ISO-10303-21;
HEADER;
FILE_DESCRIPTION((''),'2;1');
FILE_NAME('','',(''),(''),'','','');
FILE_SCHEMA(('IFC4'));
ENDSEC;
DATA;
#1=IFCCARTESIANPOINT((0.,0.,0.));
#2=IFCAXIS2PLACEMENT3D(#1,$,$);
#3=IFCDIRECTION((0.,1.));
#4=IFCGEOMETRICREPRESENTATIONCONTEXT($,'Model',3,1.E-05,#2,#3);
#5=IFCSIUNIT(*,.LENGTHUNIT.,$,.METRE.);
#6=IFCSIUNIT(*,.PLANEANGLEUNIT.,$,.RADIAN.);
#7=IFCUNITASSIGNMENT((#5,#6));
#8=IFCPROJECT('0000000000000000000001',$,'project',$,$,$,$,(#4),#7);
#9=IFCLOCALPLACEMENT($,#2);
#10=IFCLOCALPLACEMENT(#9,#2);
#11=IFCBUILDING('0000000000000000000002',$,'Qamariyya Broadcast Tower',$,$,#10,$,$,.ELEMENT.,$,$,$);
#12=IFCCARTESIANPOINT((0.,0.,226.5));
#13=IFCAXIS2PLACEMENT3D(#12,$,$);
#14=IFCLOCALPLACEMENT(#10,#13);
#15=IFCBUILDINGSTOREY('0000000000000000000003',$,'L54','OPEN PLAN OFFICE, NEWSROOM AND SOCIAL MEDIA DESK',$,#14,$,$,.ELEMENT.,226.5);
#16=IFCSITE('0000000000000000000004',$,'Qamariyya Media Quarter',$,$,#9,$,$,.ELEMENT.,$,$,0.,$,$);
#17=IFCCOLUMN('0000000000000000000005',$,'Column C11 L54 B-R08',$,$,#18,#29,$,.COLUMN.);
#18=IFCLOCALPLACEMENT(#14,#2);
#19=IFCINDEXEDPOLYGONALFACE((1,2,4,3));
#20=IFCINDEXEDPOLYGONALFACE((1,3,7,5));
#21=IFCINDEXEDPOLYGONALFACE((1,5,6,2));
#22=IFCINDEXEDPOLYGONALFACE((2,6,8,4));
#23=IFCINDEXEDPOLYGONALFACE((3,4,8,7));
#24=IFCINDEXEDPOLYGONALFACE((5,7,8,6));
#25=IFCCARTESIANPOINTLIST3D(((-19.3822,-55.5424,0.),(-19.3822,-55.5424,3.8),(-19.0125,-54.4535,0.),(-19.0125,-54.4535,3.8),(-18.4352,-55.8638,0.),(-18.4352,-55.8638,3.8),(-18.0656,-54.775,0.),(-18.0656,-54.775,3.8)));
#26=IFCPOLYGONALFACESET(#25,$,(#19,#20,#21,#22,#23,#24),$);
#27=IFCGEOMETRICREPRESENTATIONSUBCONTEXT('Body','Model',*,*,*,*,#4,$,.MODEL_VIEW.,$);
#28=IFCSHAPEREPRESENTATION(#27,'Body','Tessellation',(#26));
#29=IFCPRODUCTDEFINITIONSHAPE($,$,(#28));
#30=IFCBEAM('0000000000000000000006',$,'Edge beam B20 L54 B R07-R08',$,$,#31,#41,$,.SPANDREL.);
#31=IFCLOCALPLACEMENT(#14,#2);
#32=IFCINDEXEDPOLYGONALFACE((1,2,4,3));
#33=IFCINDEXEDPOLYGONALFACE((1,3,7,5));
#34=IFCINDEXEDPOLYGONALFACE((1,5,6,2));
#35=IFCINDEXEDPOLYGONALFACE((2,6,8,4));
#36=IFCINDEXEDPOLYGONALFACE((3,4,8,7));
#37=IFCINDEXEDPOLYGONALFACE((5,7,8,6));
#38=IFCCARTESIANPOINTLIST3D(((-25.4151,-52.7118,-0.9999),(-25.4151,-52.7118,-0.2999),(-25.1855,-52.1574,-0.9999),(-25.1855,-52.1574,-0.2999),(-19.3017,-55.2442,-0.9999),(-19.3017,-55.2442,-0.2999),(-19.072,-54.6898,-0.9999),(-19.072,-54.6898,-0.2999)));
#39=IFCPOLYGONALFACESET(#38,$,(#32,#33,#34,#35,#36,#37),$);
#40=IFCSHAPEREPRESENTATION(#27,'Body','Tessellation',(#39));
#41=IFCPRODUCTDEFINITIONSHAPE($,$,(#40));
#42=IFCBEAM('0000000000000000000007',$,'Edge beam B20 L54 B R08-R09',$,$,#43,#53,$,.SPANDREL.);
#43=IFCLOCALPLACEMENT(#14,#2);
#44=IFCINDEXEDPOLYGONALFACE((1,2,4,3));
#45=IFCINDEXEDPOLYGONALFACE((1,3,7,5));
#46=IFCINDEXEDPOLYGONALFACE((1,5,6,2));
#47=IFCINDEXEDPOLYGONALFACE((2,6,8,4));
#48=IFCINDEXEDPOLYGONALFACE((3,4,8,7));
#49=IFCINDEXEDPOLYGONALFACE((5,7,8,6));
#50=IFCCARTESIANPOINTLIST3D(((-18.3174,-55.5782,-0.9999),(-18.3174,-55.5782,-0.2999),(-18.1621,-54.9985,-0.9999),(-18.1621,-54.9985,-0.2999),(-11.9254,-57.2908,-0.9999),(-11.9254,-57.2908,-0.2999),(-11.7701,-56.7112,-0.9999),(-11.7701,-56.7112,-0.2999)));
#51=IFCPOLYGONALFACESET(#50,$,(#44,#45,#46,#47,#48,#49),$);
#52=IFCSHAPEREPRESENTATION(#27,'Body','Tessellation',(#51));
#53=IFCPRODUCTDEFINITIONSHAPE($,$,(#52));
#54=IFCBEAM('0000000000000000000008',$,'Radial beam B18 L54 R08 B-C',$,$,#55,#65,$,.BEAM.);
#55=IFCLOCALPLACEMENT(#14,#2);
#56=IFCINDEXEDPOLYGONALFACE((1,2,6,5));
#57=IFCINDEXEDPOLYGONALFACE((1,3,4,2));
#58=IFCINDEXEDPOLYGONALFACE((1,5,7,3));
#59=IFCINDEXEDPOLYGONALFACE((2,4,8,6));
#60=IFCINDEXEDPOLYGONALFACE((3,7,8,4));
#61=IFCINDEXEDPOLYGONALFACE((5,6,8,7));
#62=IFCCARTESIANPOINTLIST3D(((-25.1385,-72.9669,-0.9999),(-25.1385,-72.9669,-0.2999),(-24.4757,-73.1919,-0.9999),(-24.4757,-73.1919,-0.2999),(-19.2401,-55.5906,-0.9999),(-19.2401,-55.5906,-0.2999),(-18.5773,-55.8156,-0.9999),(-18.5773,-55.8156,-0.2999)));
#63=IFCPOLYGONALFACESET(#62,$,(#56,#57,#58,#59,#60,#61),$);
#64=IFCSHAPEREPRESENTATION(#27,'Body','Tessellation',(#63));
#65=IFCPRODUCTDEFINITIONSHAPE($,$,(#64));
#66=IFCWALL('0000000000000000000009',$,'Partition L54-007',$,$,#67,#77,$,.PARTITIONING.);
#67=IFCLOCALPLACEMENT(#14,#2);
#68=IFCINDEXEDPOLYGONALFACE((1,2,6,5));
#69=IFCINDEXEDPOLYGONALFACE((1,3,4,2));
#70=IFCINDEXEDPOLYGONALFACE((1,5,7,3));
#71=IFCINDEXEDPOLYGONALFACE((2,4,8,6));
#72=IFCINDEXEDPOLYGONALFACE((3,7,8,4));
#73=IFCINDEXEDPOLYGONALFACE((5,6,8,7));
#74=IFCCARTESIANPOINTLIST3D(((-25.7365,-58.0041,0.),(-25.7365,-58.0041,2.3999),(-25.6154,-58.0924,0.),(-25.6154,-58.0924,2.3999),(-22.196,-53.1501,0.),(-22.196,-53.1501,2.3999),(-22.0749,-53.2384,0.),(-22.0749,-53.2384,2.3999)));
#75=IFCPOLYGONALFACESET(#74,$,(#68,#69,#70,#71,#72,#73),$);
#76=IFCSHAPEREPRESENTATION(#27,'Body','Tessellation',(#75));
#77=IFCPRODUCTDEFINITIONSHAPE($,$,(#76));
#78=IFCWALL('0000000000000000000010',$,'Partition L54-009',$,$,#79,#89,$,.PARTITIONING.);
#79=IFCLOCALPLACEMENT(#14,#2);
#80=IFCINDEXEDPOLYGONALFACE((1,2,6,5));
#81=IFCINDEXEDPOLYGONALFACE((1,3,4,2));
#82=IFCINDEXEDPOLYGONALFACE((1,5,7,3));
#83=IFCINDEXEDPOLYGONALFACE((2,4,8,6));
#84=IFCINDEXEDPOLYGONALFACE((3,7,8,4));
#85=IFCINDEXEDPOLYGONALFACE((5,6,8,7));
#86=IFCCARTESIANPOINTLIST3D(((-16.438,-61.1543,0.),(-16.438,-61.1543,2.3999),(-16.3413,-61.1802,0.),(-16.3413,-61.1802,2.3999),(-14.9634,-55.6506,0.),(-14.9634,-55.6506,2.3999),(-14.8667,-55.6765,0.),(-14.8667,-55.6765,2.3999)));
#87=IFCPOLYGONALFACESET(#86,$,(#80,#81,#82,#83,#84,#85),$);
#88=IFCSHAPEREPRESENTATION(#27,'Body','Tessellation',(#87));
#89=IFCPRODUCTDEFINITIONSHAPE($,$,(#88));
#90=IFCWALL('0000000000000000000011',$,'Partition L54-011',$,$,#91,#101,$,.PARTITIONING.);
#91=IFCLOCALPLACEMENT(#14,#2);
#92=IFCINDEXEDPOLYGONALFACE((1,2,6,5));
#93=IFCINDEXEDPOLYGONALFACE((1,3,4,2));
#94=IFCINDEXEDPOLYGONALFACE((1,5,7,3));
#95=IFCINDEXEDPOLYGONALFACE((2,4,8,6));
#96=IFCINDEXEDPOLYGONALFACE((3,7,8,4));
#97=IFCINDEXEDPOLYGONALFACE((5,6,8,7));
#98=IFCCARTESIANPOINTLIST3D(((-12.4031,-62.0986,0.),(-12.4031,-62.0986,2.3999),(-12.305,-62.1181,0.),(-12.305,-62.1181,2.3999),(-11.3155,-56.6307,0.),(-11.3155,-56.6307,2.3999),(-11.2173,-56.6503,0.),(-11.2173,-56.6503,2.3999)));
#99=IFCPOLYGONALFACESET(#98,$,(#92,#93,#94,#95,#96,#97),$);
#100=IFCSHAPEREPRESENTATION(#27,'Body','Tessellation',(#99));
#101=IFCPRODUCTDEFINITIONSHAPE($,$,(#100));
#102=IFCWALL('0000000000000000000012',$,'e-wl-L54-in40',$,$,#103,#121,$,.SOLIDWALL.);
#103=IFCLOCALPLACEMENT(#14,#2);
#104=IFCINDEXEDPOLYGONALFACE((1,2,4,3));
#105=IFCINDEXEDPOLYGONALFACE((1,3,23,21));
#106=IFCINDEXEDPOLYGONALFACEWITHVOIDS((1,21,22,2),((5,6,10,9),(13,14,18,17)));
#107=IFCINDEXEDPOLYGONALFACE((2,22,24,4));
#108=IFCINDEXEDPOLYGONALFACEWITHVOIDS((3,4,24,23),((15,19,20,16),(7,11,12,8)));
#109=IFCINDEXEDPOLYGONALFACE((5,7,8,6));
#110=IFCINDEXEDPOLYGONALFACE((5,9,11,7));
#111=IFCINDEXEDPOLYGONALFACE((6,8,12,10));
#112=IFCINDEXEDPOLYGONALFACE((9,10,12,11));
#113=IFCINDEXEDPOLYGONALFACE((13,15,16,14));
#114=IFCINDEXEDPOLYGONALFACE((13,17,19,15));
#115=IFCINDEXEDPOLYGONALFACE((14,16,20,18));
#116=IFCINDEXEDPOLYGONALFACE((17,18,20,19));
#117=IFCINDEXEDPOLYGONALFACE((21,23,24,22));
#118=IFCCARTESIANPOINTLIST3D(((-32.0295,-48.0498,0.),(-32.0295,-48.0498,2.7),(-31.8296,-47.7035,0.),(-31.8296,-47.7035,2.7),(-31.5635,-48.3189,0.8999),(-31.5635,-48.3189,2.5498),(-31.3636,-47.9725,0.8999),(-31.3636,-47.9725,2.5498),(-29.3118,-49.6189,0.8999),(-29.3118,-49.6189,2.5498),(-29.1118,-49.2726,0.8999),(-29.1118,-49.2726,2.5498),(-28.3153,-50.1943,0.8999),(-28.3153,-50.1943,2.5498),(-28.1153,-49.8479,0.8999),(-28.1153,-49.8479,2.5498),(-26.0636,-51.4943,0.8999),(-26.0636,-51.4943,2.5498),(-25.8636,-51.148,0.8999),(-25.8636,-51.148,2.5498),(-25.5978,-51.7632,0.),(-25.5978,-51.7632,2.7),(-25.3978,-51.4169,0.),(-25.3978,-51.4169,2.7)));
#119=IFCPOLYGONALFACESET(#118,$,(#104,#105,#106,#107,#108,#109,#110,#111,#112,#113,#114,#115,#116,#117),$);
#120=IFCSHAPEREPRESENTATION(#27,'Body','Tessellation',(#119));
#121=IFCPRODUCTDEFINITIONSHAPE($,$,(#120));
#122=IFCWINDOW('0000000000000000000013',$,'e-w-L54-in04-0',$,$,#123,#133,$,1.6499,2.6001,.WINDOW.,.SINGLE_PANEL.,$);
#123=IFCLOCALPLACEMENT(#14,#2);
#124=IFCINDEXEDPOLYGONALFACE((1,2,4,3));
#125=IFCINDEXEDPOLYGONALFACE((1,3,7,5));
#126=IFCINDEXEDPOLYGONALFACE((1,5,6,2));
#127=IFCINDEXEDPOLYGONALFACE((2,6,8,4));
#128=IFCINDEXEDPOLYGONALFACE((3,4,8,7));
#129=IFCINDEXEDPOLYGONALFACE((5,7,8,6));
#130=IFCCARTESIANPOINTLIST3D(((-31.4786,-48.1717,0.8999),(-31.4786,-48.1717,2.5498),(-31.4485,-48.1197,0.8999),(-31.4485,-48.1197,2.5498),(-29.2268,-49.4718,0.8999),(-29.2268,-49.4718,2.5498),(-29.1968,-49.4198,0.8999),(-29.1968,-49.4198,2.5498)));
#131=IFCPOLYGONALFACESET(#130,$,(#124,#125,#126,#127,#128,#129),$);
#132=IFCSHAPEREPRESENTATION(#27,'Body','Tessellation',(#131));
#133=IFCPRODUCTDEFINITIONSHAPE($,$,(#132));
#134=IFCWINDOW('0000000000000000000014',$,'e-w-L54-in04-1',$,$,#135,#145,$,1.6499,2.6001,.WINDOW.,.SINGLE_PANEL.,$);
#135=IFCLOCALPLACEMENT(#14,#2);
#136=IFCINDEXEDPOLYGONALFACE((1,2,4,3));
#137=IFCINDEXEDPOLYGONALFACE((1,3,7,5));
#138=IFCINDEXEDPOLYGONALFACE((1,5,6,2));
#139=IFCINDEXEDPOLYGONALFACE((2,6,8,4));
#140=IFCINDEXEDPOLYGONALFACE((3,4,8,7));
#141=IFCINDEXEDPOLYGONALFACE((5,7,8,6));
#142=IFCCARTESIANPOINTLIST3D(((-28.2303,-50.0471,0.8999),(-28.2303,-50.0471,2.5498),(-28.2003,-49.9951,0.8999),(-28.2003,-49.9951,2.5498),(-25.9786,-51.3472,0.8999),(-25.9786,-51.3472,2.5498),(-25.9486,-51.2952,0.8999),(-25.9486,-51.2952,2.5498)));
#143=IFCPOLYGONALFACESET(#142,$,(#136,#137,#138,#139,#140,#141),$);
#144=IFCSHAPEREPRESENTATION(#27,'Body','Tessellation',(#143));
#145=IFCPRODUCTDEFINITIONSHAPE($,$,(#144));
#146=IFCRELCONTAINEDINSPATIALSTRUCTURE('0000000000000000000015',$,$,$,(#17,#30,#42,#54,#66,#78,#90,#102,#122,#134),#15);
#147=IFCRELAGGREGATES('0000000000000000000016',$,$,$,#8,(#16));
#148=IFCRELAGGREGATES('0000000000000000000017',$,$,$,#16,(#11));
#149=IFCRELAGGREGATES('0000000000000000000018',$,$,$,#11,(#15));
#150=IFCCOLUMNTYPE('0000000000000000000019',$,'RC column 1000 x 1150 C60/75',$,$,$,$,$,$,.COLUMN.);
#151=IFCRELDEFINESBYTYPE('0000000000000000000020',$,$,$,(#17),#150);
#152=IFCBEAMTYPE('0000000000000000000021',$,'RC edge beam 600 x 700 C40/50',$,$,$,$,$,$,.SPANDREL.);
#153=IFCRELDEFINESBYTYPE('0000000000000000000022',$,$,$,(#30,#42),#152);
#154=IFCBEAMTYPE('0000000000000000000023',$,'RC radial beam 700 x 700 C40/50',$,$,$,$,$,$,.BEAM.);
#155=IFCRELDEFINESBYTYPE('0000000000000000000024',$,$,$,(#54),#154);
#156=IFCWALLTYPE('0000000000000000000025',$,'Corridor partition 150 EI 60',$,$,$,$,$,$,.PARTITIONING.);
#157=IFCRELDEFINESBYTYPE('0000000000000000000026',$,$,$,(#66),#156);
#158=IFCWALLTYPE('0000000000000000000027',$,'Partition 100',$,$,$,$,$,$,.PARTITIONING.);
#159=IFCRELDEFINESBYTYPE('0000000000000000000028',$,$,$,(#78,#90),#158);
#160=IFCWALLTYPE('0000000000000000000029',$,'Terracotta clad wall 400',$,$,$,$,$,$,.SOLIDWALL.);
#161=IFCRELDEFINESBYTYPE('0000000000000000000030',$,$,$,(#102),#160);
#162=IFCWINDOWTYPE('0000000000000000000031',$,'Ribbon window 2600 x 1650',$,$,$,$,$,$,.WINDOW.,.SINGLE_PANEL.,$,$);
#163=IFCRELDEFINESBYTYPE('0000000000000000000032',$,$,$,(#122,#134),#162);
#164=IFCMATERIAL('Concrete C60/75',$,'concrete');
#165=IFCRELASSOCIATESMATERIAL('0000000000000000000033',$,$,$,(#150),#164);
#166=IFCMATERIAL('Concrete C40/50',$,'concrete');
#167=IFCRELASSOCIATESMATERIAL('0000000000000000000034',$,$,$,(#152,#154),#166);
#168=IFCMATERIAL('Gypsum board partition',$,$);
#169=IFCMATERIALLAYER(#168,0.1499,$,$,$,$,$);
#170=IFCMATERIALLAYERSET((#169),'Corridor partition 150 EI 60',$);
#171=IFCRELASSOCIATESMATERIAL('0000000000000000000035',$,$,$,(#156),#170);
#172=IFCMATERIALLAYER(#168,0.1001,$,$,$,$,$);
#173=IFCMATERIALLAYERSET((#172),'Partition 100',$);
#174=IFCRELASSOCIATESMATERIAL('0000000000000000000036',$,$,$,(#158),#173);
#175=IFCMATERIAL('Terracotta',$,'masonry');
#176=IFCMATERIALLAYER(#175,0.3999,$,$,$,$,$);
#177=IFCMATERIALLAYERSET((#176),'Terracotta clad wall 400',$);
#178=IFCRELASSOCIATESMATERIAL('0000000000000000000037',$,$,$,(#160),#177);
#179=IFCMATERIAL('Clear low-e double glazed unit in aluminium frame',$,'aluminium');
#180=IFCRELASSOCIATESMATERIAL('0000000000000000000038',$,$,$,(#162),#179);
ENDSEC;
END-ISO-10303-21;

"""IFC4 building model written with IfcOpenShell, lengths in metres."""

from ifc_helpers import new_model, si_unit, direction, frame, frame_2d, origin, origin_2d, place, context, subcontext, project, spatial, rectangle, extrude, material, layer, layer_set, material_profile, profile_set, type_object, element, fill, save


model = new_model("IFC4")

# Units and contexts
model_context = context("Model", 3, precision=1e-05, world=origin(), true_north=direction((0.0, 1.0)))
body_context = subcontext(model_context, "Body", "Model", "MODEL_VIEW")
ifc_project = project(units=[si_unit("LENGTHUNIT", "METRE"), si_unit("PLANEANGLEUNIT", "RADIAN")], contexts=[model_context])

# Site, building, storey
site_placement = place(None, origin())
site = spatial("IfcSite", under=ifc_project, at=site_placement, Name="Qamariyya Media Quarter", CompositionType="ELEMENT", RefElevation=0.0)
building_placement = place(site_placement, origin())
building = spatial("IfcBuilding", under=site, at=building_placement, Name="Qamariyya Broadcast Tower", CompositionType="ELEMENT")
storey_placement = place(building_placement, frame((0.0, 0.0, 226.5)))
storey = spatial("IfcBuildingStorey", under=building, at=storey_placement, Name="L54", Description="OPEN PLAN OFFICE, NEWSROOM AND SOCIAL MEDIA DESK", CompositionType="ELEMENT", Elevation=226.5)

# Column
ifc_material_1 = material(Name="Concrete C60/75", Category="concrete")
ifc_material_profile_1 = material_profile(ifc_material_1, rectangle(XDim=1.0, YDim=1.1499, at=origin_2d()))
ifc_profile_set_1 = profile_set([ifc_material_profile_1], Name="Concrete C60/75")
column_type = type_object("IfcColumnType", Name="RC column 1000 x 1150 C60/75", PredefinedType="COLUMN", material=ifc_profile_set_1)
column_placement = place(storey_placement, frame((-18.7239, -55.1587, 0.0), z_axis=(0.0, 0.0, 1.0), x_axis=(0.94693, -0.321439, 0.0)))
element("IfcColumn", 1, at=column_placement, inside=storey, type_object=column_type, Name="Column C11 L54 B-R08", PredefinedType="COLUMN", context=body_context, shape_type="SweptSolid", body=[
    extrude(rectangle(XDim=1.0, YDim=1.1499, at=origin_2d()), origin(), (0.0, 0.0, 1.0), 3.8),
])

# Beams
ifc_material_2 = material(Name="Concrete C40/50", Category="concrete")
ifc_material_profile_2 = material_profile(ifc_material_2, rectangle(XDim=0.6001, YDim=0.7, at=origin_2d()))
ifc_profile_set_2 = profile_set([ifc_material_profile_2], Name="Concrete C40/50")
beam_type_1 = type_object("IfcBeamType", Name="RC edge beam 600 x 700 C40/50", PredefinedType="SPANDREL", material=ifc_profile_set_2)
beam_1_placement = place(storey_placement, frame((-25.3003, -52.4346, -0.6499), z_axis=(0.923871, -0.382705, 0.0), x_axis=(0.382705, 0.923871, 0.0)))
element("IfcBeam", 2, at=beam_1_placement, inside=storey, type_object=beam_type_1, Name="Edge beam B20 L54 B R07-R08", PredefinedType="SPANDREL", context=body_context, shape_type="SweptSolid", body=[
    extrude(rectangle(XDim=0.6001, YDim=0.7, at=origin_2d()), origin(), (0.0, 0.0, 1.0), 6.6172),
])
beam_2_placement = place(storey_placement, frame((-18.2397, -55.2883, -0.6499), z_axis=(0.965927, -0.258813, 0.0), x_axis=(0.258813, 0.965927, 0.0)))
element("IfcBeam", 3, at=beam_2_placement, inside=storey, type_object=beam_type_1, Name="Edge beam B20 L54 B R08-R09", PredefinedType="SPANDREL", context=body_context, shape_type="SweptSolid", body=[
    extrude(rectangle(XDim=0.6001, YDim=0.7, at=origin_2d()), origin(), (0.0, 0.0, 1.0), 6.6174),
])
ifc_material_profile_3 = material_profile(ifc_material_2, rectangle(XDim=0.7, YDim=0.7, at=origin_2d()))
ifc_profile_set_3 = profile_set([ifc_material_profile_3], Name="Concrete C40/50")
beam_type_2 = type_object("IfcBeamType", Name="RC radial beam 700 x 700 C40/50", PredefinedType="BEAM", material=ifc_profile_set_3)
beam_3_placement = place(storey_placement, frame((-18.9087, -55.7031, -0.6499), z_axis=(-0.32144, -0.94693, 0.0), x_axis=(0.94693, -0.32144, 0.0)))
element("IfcBeam", 4, at=beam_3_placement, inside=storey, type_object=beam_type_2, Name="Radial beam B18 L54 R08 B-C", PredefinedType="BEAM", context=body_context, shape_type="SweptSolid", body=[
    extrude(rectangle(XDim=0.7, YDim=0.7, at=origin_2d()), origin(), (0.0, 0.0, 1.0), 18.3501),
])

# Walls
ifc_material_3 = material(Name="Gypsum board partition")
ifc_layer_1 = layer(ifc_material_3, 0.1499)
ifc_layer_set_1 = layer_set([ifc_layer_1], Name="Corridor partition 150 EI 60")
wall_type_1 = type_object("IfcWallType", Name="Corridor partition 150 EI 60", PredefinedType="PARTITIONING", material=ifc_layer_set_1)
wall_1_placement = place(storey_placement, frame((-22.1355, -53.1943, 0.0), z_axis=(0.0, 0.0, 1.0), x_axis=(-0.589297, -0.807916, 0.0)))
element("IfcWall", 5, at=wall_1_placement, inside=storey, type_object=wall_type_1, Name="Partition L54-007", PredefinedType="PARTITIONING", context=body_context, shape_type="SweptSolid", body=[
    extrude(rectangle(XDim=6.0081, YDim=0.1499, at=frame_2d((3.0039, 0.0))), origin(), (0.0, 0.0, 1.0), 2.3999),
])
ifc_layer_2 = layer(ifc_material_3, 0.1001)
ifc_layer_set_2 = layer_set([ifc_layer_2], Name="Partition 100")
wall_type_2 = type_object("IfcWallType", Name="Partition 100", PredefinedType="PARTITIONING", material=ifc_layer_set_2)
wall_2_placement = place(storey_placement, frame((-14.915, -55.6636, 0.0), z_axis=(0.0, 0.0, 1.0), x_axis=(-0.258804, -0.96593, 0.0)))
element("IfcWall", 6, at=wall_2_placement, inside=storey, type_object=wall_type_2, Name="Partition L54-009", PredefinedType="PARTITIONING", context=body_context, shape_type="SweptSolid", body=[
    extrude(rectangle(XDim=5.6978, YDim=0.1001, at=frame_2d((2.8489, 0.0))), origin(), (0.0, 0.0, 1.0), 2.3999),
])
wall_3_placement = place(storey_placement, frame((-11.2664, -56.6404, 0.0), z_axis=(0.0, 0.0, 1.0), x_axis=(-0.195097, -0.980784, 0.0)))
element("IfcWall", 7, at=wall_3_placement, inside=storey, type_object=wall_type_2, Name="Partition L54-011", PredefinedType="PARTITIONING", context=body_context, shape_type="SweptSolid", body=[
    extrude(rectangle(XDim=5.575, YDim=0.1001, at=frame_2d((2.7876, 0.0))), origin(), (0.0, 0.0, 1.0), 2.3999),
])

# Wall, openings, windows
ifc_material_4 = material(Name="Terracotta", Category="masonry")
ifc_layer_3 = layer(ifc_material_4, 0.3999)
ifc_layer_set_3 = layer_set([ifc_layer_3], Name="Terracotta clad wall 400")
wall_type_3 = type_object("IfcWallType", Name="Terracotta clad wall 400", PredefinedType="SOLIDWALL", material=ifc_layer_set_3)
wall_4_placement = place(storey_placement, frame((-25.4978, -51.5901, 0.0), z_axis=(0.0, 0.0, 1.0), x_axis=(-0.866021, 0.500007, 0.0)))
wall_4 = element("IfcWall", 8, at=wall_4_placement, inside=storey, type_object=wall_type_3, Name="e-wl-L54-in40", PredefinedType="SOLIDWALL", context=body_context, shape_type="SweptSolid", body=[
    extrude(rectangle(XDim=7.4268, YDim=0.3999, at=frame_2d((3.7134, 0.0))), origin(), (0.0, 0.0, 1.0), 2.7),
])
opening_1_placement = place(wall_4_placement, frame((4.2886, 0.0, 0.8999)))
opening_1 = element("IfcOpeningElement", 9, at=opening_1_placement, cuts=wall_4, PredefinedType="OPENING", context=body_context, shape_type="SweptSolid", body=[
    extrude(rectangle(XDim=2.6001, YDim=1.6499, at=frame_2d((1.3, 0.825))), frame((0.0, 0.21, 0.0), z_axis=(0.0, -1.0, 0.0), x_axis=(1.0, 0.0, 0.0)), (0.0, 0.0, 1.0), 0.4199),
])
opening_2_placement = place(wall_4_placement, frame((0.5378, 0.0, 0.8999)))
opening_2 = element("IfcOpeningElement", 10, at=opening_2_placement, cuts=wall_4, PredefinedType="OPENING", context=body_context, shape_type="SweptSolid", body=[
    extrude(rectangle(XDim=2.6001, YDim=1.6499, at=frame_2d((1.3, 0.825))), frame((0.0, 0.21, 0.0), z_axis=(0.0, -1.0, 0.0), x_axis=(1.0, 0.0, 0.0)), (0.0, 0.0, 1.0), 0.4199),
])
ifc_material_5 = material(Name="Clear low-e double glazed unit in aluminium frame", Category="aluminium")
window_type = type_object("IfcWindowType", Name="Ribbon window 2600 x 1650", PartitioningType="SINGLE_PANEL", PredefinedType="WINDOW", material=ifc_material_5)
window_1_placement = place(opening_1_placement, origin())
window_1 = element("IfcWindow", 11, at=window_1_placement, inside=storey, type_object=window_type, Name="e-w-L54-in04-0", OverallHeight=1.6499, OverallWidth=2.6001, PartitioningType="SINGLE_PANEL", PredefinedType="WINDOW", context=body_context, shape_type="SweptSolid", body=[
    extrude(rectangle(XDim=2.6001, YDim=1.6499, at=frame_2d((1.3, 0.825))), frame((0.0, 0.03, 0.0), z_axis=(0.0, -1.0, 0.0), x_axis=(1.0, 0.0, 0.0)), (0.0, 0.0, 1.0), 0.0601),
])
fill(opening_1, window_1)
window_2_placement = place(opening_2_placement, origin())
window_2 = element("IfcWindow", 12, at=window_2_placement, inside=storey, type_object=window_type, Name="e-w-L54-in04-1", OverallHeight=1.6499, OverallWidth=2.6001, PartitioningType="SINGLE_PANEL", PredefinedType="WINDOW", context=body_context, shape_type="SweptSolid", body=[
    extrude(rectangle(XDim=2.6001, YDim=1.6499, at=frame_2d((1.3, 0.825))), frame((0.0, 0.03, 0.0), z_axis=(0.0, -1.0, 0.0), x_axis=(1.0, 0.0, 0.0)), (0.0, 0.0, 1.0), 0.0601),
])
fill(opening_2, window_2)

save(model, "model.ifc")
